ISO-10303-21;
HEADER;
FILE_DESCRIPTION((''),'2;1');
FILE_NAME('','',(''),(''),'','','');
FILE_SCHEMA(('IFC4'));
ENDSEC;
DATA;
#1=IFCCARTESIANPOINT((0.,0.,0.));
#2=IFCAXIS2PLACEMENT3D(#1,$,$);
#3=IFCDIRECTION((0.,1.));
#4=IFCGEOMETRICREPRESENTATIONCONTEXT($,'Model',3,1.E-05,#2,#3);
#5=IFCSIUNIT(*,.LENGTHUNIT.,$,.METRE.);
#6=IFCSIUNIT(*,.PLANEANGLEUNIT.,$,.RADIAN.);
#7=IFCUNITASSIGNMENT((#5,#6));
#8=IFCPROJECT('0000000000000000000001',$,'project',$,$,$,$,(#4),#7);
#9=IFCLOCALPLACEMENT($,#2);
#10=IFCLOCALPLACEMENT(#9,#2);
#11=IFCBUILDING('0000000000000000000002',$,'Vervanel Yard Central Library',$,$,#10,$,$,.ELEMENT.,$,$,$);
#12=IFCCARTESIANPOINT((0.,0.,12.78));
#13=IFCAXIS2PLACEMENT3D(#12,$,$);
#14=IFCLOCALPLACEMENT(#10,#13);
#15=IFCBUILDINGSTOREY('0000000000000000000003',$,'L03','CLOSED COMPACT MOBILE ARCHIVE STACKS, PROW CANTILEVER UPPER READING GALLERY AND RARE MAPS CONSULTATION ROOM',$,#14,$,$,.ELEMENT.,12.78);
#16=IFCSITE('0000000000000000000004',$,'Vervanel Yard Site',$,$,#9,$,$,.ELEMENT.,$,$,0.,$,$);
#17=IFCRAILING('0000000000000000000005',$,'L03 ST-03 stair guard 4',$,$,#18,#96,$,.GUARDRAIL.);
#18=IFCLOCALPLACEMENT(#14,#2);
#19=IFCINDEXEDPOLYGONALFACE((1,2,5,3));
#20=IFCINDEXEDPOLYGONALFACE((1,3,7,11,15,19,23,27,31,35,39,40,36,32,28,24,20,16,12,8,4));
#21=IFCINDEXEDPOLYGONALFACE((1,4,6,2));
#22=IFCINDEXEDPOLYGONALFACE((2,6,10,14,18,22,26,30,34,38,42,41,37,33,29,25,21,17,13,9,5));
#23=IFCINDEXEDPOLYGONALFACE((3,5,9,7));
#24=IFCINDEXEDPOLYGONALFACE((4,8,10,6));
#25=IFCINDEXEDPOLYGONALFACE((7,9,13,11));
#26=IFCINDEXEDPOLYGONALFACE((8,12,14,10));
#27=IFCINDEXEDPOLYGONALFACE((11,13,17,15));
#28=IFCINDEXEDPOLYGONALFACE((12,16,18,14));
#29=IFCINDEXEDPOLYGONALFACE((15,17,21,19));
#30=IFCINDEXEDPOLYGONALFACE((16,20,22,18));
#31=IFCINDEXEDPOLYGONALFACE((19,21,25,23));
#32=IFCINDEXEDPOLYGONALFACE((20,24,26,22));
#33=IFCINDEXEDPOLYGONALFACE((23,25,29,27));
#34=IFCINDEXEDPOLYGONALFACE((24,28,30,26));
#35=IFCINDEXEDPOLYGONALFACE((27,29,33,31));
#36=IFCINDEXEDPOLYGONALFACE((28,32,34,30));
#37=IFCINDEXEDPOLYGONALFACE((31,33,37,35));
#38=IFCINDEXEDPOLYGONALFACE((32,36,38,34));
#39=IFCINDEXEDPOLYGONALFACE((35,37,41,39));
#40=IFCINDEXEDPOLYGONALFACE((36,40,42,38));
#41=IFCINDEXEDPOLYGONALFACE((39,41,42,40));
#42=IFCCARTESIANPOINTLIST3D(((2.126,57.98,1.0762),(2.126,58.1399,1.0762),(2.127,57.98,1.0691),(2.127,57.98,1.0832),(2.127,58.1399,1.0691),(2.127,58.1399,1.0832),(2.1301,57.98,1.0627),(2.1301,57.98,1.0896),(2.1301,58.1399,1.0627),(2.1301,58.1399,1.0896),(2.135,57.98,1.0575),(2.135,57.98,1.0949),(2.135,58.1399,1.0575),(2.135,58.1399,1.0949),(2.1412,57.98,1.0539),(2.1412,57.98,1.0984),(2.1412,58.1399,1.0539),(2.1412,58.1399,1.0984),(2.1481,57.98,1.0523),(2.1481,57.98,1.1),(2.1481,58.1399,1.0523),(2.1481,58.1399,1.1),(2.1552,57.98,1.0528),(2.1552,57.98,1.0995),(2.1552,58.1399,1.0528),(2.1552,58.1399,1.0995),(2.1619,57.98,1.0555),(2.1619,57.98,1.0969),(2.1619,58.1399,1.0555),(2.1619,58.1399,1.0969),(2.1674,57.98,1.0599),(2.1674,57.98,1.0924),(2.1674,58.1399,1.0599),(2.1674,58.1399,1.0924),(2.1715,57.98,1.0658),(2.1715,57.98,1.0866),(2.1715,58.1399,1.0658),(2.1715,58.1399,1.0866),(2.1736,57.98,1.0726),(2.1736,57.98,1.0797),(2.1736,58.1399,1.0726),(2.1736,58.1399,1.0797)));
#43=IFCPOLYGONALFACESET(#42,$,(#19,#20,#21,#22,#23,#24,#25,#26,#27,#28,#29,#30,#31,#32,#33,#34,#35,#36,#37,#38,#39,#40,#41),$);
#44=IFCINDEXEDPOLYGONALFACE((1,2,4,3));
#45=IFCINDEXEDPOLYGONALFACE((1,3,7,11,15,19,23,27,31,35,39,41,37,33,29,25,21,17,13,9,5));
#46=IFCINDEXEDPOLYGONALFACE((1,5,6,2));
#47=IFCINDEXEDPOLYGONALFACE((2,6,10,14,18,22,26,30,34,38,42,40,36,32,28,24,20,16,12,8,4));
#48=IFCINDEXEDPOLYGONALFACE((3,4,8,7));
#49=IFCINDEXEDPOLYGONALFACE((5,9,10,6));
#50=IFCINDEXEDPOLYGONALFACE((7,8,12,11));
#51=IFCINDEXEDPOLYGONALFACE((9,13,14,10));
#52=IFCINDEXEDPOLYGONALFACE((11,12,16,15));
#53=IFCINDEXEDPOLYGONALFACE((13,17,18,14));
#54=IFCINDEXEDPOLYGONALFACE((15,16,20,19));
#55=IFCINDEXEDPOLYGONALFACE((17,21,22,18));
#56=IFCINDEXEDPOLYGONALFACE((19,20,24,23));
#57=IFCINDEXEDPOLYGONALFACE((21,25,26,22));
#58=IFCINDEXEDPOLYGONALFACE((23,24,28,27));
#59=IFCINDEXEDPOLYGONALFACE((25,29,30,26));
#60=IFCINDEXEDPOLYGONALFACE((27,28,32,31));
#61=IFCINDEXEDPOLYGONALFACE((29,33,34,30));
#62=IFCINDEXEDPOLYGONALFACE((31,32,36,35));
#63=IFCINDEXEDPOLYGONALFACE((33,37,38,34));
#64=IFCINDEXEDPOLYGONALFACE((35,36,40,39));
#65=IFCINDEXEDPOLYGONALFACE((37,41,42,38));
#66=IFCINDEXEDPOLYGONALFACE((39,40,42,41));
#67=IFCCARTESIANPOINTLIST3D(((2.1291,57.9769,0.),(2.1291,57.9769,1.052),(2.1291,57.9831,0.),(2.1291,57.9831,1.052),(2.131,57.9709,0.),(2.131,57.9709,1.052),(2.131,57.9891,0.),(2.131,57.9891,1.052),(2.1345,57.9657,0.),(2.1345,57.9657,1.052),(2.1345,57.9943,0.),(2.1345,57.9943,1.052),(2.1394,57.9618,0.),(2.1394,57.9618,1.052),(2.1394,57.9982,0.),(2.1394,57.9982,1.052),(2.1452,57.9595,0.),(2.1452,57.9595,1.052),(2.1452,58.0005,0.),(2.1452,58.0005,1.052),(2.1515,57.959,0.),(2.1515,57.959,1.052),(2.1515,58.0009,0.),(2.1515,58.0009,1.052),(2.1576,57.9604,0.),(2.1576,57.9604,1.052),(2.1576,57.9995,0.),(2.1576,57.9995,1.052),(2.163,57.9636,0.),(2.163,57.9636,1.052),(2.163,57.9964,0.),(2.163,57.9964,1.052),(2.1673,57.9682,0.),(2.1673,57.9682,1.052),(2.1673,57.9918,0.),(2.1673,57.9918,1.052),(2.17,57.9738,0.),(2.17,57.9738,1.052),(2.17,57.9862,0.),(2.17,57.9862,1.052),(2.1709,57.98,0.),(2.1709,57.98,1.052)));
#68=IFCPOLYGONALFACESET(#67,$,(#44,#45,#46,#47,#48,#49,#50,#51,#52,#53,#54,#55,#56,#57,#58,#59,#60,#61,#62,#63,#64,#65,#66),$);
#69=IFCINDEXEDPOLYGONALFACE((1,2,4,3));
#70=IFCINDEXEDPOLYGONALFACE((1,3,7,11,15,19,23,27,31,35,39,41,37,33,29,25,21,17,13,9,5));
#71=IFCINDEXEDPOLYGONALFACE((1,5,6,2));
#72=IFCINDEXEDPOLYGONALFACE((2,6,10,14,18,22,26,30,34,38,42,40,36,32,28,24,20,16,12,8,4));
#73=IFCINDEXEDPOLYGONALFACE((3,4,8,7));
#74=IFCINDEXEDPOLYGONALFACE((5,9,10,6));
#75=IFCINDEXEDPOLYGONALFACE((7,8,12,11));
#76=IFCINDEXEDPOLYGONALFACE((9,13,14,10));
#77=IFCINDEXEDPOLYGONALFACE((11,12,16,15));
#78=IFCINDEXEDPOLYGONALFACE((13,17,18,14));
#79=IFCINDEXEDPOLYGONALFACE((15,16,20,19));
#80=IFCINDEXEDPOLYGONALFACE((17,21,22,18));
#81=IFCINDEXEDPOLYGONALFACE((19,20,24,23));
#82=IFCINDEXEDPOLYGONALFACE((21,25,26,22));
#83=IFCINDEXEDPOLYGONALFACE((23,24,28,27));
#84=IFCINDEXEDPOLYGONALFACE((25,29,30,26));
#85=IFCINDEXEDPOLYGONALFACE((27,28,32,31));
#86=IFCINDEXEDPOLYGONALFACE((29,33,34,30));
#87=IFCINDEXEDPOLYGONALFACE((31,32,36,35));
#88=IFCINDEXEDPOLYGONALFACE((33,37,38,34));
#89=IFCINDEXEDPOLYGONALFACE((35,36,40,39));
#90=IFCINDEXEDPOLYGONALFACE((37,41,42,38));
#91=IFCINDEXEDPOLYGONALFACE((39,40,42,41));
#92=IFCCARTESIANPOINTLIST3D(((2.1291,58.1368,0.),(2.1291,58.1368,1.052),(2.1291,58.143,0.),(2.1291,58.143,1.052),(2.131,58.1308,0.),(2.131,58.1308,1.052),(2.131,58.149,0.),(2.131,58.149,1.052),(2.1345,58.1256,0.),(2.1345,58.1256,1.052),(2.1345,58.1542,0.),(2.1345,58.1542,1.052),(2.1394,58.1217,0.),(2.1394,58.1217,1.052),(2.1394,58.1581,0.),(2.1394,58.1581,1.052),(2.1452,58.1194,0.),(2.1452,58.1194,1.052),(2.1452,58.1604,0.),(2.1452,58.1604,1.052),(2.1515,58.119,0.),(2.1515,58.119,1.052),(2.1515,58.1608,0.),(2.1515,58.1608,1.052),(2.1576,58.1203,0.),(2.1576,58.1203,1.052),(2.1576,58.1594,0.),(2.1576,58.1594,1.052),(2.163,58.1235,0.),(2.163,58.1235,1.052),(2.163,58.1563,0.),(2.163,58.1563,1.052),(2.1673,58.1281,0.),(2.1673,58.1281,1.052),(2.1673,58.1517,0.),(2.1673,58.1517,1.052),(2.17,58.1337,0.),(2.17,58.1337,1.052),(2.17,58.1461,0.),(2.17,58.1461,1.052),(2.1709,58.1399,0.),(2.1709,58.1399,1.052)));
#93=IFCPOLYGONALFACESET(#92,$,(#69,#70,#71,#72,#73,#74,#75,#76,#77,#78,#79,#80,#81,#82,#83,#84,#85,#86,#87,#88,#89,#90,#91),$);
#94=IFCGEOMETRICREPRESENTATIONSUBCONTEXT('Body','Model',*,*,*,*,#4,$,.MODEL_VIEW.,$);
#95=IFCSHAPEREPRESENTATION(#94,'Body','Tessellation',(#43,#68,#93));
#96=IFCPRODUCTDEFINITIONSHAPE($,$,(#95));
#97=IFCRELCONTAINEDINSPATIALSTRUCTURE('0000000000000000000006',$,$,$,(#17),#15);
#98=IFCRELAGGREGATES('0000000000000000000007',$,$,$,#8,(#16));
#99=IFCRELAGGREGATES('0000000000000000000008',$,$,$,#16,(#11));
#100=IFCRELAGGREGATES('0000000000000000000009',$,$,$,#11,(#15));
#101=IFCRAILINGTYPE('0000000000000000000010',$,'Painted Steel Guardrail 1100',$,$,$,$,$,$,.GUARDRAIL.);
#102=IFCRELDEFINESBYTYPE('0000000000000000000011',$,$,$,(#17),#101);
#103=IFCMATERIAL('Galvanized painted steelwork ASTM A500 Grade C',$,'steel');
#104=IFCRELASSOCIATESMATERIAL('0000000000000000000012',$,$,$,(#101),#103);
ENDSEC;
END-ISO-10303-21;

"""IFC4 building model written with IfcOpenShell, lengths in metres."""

from ifc_helpers import new_model, si_unit, direction, frame, origin, origin_2d, place, context, subcontext, project, spatial, circle, extrude, material, type_object, element, save


model = new_model("IFC4")

# Units and contexts
model_context = context("Model", 3, precision=1e-05, world=origin(), true_north=direction((0.0, 1.0)))
body_context = subcontext(model_context, "Body", "Model", "MODEL_VIEW")
ifc_project = project(units=[si_unit("LENGTHUNIT", "METRE"), si_unit("PLANEANGLEUNIT", "RADIAN")], contexts=[model_context])

# Site, building, storey
site_placement = place(None, origin())
site = spatial("IfcSite", under=ifc_project, at=site_placement, Name="Vervanel Yard Site", CompositionType="ELEMENT", RefElevation=0.0)
building_placement = place(site_placement, origin())
building = spatial("IfcBuilding", under=site, at=building_placement, Name="Vervanel Yard Central Library", CompositionType="ELEMENT")
storey_placement = place(building_placement, frame((0.0, 0.0, 12.78)))
storey = spatial("IfcBuildingStorey", under=building, at=storey_placement, Name="L03", Description="CLOSED COMPACT MOBILE ARCHIVE STACKS, PROW CANTILEVER UPPER READING GALLERY AND RARE MAPS CONSULTATION ROOM", CompositionType="ELEMENT", Elevation=12.78)

# Shared definitions
ifc_material_1 = material(Name="Galvanized painted steelwork ASTM A500 Grade C", Category="steel")

# Railing
railing_type_1 = type_object("IfcRailingType", Name="Painted Steel Guardrail 1100", PredefinedType="GUARDRAIL", material=ifc_material_1)
railing_1_placement = place(storey_placement, frame((2.1499, 57.98, 0.0)))
element("IfcRailing", 1, at=railing_1_placement, inside=storey, type_object=railing_type_1, Name="L03 ST-03 stair guard 4", PredefinedType="GUARDRAIL", context=body_context, shape_type="SweptSolid", body=[
    extrude(circle(Radius=0.0239, at=origin_2d()), frame((0.0, 0.0, 1.0762), z_axis=(0.0, 1.0, 0.0), x_axis=(-1.0, 0.0, 0.0)), (0.0, 0.0, 1.0), 0.1599),
    extrude(circle(Radius=0.021, at=origin_2d()), origin(), (0.0, 0.0, 1.0), 1.052),
    extrude(circle(Radius=0.021, at=origin_2d()), frame((0.0, 0.1599, 0.0)), (0.0, 0.0, 1.0), 1.052),
])

save(model, "model.ifc")
